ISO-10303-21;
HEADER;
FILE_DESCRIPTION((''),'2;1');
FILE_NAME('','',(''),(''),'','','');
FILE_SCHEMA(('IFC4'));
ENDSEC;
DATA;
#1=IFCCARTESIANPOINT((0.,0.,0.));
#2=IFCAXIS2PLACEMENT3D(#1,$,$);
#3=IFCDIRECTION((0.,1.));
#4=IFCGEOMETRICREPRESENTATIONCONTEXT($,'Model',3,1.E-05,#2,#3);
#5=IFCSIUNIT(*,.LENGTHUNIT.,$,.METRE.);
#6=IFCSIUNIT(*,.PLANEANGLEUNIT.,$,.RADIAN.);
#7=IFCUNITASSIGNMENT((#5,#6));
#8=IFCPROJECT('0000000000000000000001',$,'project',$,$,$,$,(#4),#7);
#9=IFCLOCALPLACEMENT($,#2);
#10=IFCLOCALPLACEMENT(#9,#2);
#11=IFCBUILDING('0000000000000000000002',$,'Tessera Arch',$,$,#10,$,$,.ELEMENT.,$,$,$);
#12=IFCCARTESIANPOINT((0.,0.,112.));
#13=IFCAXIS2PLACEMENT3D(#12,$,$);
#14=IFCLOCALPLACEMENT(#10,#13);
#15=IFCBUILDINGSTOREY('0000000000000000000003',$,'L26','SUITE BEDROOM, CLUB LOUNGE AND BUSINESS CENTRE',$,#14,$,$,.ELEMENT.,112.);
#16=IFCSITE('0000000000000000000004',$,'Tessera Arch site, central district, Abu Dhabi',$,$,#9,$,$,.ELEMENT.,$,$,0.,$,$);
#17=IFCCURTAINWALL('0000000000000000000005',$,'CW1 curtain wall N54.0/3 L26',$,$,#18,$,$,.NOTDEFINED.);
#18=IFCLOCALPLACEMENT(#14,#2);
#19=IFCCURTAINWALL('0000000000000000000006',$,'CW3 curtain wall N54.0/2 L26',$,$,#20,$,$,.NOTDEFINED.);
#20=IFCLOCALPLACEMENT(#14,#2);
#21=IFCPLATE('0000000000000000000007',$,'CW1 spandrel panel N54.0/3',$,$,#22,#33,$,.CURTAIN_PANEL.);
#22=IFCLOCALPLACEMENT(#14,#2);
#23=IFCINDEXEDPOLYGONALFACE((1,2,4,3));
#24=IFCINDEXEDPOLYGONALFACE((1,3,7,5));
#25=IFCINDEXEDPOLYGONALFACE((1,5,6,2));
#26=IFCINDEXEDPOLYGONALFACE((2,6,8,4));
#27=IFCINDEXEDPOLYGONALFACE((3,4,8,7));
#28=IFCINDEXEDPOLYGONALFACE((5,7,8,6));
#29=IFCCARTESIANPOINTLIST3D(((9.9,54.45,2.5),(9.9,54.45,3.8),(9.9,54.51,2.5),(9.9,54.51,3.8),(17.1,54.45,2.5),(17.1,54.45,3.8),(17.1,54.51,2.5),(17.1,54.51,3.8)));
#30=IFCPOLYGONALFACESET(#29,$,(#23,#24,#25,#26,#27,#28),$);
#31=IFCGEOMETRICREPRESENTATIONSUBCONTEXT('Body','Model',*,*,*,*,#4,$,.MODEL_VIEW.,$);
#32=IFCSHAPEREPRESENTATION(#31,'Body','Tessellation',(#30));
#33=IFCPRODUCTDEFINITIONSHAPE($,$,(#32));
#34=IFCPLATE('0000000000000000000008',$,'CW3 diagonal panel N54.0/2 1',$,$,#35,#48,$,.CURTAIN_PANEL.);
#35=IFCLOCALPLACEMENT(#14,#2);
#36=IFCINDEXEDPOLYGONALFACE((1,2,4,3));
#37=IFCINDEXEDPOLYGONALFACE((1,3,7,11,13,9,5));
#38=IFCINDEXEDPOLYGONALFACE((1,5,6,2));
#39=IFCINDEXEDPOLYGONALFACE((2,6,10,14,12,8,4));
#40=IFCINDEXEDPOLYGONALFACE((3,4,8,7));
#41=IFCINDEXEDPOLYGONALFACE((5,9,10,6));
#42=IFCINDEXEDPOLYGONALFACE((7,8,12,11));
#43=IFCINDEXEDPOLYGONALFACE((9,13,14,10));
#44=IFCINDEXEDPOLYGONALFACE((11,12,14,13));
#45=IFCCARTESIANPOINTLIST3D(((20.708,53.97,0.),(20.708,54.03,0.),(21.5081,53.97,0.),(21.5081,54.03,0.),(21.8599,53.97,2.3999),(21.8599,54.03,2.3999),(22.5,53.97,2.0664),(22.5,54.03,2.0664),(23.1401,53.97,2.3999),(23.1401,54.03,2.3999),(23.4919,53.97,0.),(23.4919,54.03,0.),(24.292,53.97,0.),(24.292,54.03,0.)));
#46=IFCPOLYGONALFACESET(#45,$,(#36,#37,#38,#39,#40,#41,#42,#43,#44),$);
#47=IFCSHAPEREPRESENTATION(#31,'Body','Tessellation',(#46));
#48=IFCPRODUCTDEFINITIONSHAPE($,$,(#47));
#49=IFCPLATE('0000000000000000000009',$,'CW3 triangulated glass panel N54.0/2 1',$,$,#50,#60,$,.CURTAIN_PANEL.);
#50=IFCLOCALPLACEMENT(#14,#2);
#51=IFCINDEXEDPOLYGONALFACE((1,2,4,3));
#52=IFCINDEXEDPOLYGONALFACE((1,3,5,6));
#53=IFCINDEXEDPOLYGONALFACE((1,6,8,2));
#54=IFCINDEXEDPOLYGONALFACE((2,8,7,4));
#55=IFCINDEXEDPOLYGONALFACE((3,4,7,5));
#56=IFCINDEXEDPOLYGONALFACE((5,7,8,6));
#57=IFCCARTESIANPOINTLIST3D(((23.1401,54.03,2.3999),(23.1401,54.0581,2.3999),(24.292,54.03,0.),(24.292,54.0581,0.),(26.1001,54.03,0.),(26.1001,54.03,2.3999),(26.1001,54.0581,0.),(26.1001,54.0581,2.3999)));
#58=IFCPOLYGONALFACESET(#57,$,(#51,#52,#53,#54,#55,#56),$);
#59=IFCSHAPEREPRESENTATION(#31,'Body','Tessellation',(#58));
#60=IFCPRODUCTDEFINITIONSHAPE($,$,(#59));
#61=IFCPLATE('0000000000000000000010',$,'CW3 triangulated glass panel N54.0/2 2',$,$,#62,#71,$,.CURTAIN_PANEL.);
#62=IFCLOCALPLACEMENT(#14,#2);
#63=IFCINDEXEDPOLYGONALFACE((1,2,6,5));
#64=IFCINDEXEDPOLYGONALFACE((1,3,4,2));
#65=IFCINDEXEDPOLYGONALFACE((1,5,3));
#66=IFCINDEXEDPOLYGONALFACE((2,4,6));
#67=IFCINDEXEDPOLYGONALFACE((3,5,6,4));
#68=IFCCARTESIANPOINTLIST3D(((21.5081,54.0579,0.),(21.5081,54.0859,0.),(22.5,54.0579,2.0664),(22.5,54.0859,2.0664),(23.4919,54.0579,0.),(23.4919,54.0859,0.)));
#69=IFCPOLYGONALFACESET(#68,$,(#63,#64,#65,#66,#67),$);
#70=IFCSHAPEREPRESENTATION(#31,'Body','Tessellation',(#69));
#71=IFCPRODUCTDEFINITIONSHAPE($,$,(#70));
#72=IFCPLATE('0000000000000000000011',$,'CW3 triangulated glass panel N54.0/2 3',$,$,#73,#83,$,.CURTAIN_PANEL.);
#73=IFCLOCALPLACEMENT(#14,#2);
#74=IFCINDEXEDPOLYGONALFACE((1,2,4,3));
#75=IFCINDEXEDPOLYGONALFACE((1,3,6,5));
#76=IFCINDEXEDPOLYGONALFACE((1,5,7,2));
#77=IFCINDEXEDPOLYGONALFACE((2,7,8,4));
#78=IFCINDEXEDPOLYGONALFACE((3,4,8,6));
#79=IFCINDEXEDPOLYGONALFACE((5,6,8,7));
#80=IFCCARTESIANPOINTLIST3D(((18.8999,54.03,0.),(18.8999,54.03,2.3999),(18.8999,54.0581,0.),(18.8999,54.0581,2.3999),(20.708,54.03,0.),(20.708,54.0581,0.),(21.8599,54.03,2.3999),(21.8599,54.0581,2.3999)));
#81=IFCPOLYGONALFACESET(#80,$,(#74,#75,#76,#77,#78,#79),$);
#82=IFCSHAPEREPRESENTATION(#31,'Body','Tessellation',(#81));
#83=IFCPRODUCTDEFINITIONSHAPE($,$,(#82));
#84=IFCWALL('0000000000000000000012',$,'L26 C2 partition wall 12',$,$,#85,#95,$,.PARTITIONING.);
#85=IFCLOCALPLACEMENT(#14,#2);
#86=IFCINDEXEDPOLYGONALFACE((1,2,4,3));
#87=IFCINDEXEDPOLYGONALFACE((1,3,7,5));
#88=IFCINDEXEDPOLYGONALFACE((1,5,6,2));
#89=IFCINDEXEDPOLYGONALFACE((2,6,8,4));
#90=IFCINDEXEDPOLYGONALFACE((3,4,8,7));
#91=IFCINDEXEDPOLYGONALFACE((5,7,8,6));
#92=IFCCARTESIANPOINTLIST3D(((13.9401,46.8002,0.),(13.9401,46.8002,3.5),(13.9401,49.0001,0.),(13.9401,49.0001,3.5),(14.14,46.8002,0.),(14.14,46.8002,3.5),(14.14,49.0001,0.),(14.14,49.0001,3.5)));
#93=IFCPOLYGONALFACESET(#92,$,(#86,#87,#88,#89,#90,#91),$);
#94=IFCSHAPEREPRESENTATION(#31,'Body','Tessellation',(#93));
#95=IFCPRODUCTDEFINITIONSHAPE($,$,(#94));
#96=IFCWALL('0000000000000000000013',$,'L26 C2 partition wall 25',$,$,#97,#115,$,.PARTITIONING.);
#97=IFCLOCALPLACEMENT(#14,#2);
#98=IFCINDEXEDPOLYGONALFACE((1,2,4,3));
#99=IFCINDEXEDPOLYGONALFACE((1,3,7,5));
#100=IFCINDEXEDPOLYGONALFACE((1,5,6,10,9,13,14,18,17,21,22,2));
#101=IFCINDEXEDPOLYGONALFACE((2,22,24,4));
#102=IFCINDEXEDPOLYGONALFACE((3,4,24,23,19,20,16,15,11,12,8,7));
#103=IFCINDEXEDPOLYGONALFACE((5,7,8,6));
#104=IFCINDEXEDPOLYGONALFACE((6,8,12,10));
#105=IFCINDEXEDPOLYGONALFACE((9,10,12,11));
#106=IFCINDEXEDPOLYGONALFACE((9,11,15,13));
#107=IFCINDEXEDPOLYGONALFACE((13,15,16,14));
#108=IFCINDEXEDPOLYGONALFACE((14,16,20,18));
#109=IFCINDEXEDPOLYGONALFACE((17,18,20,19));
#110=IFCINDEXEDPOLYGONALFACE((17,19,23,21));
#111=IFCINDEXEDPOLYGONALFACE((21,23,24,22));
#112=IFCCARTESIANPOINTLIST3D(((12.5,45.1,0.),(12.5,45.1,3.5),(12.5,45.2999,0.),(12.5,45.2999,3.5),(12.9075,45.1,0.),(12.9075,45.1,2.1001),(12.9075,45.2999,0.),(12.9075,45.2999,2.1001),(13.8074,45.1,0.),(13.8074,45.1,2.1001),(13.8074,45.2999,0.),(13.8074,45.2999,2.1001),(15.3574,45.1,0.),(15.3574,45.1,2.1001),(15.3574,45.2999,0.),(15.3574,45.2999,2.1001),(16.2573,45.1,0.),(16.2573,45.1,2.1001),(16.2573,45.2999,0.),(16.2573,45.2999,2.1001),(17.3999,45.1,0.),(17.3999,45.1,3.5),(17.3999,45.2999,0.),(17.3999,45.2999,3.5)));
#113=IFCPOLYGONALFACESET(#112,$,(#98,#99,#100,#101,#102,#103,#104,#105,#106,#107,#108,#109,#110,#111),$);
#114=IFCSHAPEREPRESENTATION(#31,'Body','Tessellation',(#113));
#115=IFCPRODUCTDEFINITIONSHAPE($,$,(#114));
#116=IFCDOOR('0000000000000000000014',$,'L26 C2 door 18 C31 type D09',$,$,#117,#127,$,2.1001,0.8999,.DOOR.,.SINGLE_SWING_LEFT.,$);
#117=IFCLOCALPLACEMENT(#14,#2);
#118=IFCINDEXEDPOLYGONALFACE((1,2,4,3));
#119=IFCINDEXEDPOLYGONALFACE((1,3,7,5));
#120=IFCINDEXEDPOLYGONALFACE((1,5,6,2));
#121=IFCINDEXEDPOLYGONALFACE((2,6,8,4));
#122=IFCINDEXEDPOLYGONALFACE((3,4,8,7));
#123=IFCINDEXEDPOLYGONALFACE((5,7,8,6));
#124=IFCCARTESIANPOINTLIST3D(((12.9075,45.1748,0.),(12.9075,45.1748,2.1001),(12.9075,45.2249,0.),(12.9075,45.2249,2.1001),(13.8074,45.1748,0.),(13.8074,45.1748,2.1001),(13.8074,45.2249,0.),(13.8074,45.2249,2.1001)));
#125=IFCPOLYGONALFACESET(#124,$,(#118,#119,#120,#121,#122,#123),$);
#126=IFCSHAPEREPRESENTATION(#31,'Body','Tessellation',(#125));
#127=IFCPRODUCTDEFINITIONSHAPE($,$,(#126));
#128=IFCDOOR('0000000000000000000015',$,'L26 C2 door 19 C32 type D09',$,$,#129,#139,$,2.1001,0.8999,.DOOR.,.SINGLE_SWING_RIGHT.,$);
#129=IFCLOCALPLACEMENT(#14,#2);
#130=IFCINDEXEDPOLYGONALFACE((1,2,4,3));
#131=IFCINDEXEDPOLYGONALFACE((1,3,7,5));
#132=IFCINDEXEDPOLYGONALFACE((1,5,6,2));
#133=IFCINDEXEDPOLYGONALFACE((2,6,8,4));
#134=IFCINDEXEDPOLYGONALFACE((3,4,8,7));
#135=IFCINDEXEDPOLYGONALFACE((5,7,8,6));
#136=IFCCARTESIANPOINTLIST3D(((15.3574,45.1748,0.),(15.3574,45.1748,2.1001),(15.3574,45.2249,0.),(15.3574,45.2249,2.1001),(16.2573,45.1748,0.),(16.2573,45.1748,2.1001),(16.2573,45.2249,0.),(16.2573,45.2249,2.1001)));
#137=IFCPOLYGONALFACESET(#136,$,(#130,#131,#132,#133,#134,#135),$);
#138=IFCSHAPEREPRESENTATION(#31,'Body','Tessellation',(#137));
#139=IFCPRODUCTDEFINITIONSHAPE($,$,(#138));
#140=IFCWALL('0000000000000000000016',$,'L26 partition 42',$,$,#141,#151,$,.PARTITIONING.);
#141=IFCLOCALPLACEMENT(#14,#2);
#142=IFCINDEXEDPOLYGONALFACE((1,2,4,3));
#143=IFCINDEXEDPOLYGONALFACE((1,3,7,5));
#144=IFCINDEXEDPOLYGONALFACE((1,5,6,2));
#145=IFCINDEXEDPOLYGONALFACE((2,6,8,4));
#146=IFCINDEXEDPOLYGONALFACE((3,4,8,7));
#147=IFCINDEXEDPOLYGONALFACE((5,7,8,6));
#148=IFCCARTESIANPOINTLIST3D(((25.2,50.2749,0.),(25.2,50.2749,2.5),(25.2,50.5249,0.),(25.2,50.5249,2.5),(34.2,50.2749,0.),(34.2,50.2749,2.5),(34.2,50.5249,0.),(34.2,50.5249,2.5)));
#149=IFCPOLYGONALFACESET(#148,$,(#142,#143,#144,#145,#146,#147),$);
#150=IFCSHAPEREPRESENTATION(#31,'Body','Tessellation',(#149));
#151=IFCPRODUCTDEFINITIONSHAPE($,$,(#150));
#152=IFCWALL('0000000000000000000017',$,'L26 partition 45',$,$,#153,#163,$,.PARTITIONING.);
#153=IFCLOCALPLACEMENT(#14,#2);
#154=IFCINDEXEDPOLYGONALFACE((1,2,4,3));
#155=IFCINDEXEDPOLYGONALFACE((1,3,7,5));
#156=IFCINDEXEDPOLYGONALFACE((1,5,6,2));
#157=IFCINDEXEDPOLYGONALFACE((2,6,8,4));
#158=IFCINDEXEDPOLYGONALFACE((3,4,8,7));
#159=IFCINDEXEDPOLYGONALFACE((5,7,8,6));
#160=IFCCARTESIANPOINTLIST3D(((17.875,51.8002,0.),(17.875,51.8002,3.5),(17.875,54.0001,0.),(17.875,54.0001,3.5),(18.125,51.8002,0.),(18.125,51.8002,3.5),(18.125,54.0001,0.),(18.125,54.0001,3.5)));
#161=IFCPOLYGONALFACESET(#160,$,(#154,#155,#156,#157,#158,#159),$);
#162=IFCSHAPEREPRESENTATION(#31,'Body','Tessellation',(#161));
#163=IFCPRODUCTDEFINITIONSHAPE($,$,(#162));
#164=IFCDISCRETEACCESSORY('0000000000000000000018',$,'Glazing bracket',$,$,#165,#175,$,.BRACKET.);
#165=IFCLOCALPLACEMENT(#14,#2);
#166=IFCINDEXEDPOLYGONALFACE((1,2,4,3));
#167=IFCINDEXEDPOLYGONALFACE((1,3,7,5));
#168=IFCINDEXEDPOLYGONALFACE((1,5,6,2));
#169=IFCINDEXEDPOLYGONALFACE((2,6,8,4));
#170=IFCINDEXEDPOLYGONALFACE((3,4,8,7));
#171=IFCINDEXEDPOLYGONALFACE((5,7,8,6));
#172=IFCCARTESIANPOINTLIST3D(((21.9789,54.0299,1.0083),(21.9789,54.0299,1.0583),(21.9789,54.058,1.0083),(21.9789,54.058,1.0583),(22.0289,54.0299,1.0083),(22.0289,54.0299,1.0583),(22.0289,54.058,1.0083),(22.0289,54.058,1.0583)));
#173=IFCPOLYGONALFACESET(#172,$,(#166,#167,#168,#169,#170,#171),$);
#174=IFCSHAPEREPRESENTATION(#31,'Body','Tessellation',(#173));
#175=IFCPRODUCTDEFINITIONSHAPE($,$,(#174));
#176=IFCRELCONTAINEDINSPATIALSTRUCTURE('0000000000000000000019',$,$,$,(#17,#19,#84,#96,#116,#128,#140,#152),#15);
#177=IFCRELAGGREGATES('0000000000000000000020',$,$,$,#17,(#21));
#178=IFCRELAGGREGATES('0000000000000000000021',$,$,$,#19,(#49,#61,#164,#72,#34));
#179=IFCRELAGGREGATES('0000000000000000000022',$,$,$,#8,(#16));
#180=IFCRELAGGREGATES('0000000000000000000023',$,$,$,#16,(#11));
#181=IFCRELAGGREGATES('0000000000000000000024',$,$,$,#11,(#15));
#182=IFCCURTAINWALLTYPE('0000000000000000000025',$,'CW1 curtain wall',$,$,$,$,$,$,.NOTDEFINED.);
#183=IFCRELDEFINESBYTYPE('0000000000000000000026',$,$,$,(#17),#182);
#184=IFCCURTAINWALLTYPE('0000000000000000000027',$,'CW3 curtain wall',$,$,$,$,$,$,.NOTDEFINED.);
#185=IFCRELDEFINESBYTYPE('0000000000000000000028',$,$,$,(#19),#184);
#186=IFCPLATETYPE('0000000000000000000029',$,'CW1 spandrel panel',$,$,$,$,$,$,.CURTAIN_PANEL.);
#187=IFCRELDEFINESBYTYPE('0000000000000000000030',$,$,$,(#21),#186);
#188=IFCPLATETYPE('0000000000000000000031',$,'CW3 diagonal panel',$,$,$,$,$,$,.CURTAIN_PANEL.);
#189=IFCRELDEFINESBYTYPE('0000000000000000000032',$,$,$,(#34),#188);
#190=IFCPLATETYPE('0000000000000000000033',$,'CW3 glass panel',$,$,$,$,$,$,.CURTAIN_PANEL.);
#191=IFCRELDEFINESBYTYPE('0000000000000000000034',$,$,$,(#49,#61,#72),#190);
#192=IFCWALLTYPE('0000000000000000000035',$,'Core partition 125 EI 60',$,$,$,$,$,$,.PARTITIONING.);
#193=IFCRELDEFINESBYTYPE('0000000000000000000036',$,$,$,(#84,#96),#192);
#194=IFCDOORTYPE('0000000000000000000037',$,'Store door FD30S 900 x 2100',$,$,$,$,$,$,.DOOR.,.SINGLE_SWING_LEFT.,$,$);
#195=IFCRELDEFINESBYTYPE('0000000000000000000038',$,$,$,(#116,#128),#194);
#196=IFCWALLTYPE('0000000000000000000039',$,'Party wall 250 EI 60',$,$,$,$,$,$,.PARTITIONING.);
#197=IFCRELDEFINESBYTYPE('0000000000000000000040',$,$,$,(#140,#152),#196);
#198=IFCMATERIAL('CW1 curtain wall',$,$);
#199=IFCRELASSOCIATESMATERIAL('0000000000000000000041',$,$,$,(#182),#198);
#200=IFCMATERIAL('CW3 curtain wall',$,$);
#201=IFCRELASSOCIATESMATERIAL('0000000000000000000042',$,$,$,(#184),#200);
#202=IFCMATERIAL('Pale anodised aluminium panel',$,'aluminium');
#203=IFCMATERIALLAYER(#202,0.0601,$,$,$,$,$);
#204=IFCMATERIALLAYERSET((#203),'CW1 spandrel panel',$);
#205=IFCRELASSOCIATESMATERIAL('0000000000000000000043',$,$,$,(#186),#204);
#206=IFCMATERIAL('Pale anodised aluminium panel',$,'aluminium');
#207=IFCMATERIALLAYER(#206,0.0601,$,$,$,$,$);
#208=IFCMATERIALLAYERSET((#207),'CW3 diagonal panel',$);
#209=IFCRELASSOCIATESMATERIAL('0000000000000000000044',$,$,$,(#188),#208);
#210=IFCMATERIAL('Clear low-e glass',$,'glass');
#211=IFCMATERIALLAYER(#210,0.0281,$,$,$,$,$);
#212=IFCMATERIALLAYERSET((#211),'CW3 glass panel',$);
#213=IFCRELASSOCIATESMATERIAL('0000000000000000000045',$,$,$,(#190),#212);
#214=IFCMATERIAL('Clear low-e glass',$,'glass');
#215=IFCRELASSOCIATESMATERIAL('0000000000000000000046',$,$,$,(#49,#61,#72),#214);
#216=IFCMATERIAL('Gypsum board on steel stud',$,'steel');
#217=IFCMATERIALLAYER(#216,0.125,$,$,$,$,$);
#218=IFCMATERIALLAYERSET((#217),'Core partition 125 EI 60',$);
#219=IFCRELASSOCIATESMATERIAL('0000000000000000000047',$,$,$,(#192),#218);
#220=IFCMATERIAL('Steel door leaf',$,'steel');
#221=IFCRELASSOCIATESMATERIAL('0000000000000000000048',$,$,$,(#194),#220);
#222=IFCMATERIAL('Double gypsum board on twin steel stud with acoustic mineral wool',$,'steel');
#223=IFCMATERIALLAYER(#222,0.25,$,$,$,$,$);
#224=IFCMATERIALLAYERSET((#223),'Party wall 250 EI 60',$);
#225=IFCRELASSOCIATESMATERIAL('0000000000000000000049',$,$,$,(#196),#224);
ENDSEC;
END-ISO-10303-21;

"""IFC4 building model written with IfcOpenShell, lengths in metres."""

from ifc_helpers import new_model, si_unit, direction, frame, frame_2d, origin, origin_2d, place, context, subcontext, project, spatial, polyline, rectangle, outline, extrude, material, layer, layer_set, type_object, element, fill, aggregate, save


model = new_model("IFC4")

# Units and contexts
model_context = context("Model", 3, precision=1e-05, world=origin(), true_north=direction((0.0, 1.0)))
body_context = subcontext(model_context, "Body", "Model", "MODEL_VIEW")
ifc_project = project(units=[si_unit("LENGTHUNIT", "METRE"), si_unit("PLANEANGLEUNIT", "RADIAN")], contexts=[model_context])

# Site, building, storey
site_placement = place(None, origin())
site = spatial("IfcSite", under=ifc_project, at=site_placement, Name="Tessera Arch site, central district, Abu Dhabi", CompositionType="ELEMENT", RefElevation=0.0)
building_placement = place(site_placement, origin())
building = spatial("IfcBuilding", under=site, at=building_placement, Name="Tessera Arch", CompositionType="ELEMENT")
storey_placement = place(building_placement, frame((0.0, 0.0, 112.0)))
storey = spatial("IfcBuildingStorey", under=building, at=storey_placement, Name="L26", Description="SUITE BEDROOM, CLUB LOUNGE AND BUSINESS CENTRE", CompositionType="ELEMENT", Elevation=112.0)

# Shared definitions
ifc_material_1 = material(Name="CW1 curtain wall")
curtain_wall_type_1 = type_object("IfcCurtainWallType", Name="CW1 curtain wall", PredefinedType="NOTDEFINED", material=ifc_material_1)

# Curtain wall
curtain_wall_1_placement = place(storey_placement, origin())
curtain_wall_1 = element("IfcCurtainWall", 1, at=curtain_wall_1_placement, inside=storey, type_object=curtain_wall_type_1, Name="CW1 curtain wall N54.0/3 L26", PredefinedType="NOTDEFINED")

# Curtain wall
ifc_material_2 = material(Name="CW3 curtain wall")
curtain_wall_type_2 = type_object("IfcCurtainWallType", Name="CW3 curtain wall", PredefinedType="NOTDEFINED", material=ifc_material_2)
curtain_wall_2_placement = place(storey_placement, origin())
curtain_wall_2 = element("IfcCurtainWall", 2, at=curtain_wall_2_placement, inside=storey, type_object=curtain_wall_type_2, Name="CW3 curtain wall N54.0/2 L26", PredefinedType="NOTDEFINED")

# Plates
ifc_material_3 = material(Name="Clear low-e glass", Category="glass")
ifc_material_4 = material(Name="Pale anodised aluminium panel", Category="aluminium")
ifc_layer_1 = layer(ifc_material_4, 0.0601)
ifc_layer_set_1 = layer_set([ifc_layer_1], Name="CW1 spandrel panel")
plate_type_1 = type_object("IfcPlateType", Name="CW1 spandrel panel", PredefinedType="CURTAIN_PANEL", material=ifc_layer_set_1)
plate_1_placement = place(storey_placement, frame((13.5, 54.48, 2.5), z_axis=(0.0, 0.0, 1.0), x_axis=(-1.0, 0.0, 0.0)))
plate_1 = element("IfcPlate", 3, at=plate_1_placement, type_object=plate_type_1, Name="CW1 spandrel panel N54.0/3", PredefinedType="CURTAIN_PANEL", context=body_context, shape_type="SweptSolid", body=[
    extrude(rectangle(XDim=7.2, YDim=0.0601, at=origin_2d()), origin(), (0.0, 0.0, 1.0), 1.3),
])
aggregate(curtain_wall_1, [plate_1])
ifc_material_5 = material(Name="Pale anodised aluminium panel", Category="aluminium")
ifc_layer_2 = layer(ifc_material_5, 0.0601)
ifc_layer_set_2 = layer_set([ifc_layer_2], Name="CW3 diagonal panel")
plate_type_2 = type_object("IfcPlateType", Name="CW3 diagonal panel", PredefinedType="CURTAIN_PANEL", material=ifc_layer_set_2)
plate_2_placement = place(storey_placement, frame((21.8599, 54.03, 2.3999), z_axis=(0.0, 1.0, 0.0), x_axis=(1.0, 0.0, 0.0)))
plate_2 = element("IfcPlate", 4, at=plate_2_placement, type_object=plate_type_2, Name="CW3 diagonal panel N54.0/2 1", PredefinedType="CURTAIN_PANEL", context=body_context, shape_type="SweptSolid", body=[
    extrude(outline(polyline([(0.0, 0.0), (1.2803, 0.0), (2.4321, 2.3999), (1.6321, 2.3999), (0.6401, 0.3335), (-0.3518, 2.3999), (-1.1519, 2.3999), (0.0, 0.0)])), origin(), (0.0, 0.0, -1.0), 0.0601),
])
ifc_material_6 = material(Name="Clear low-e glass", Category="glass")
ifc_layer_3 = layer(ifc_material_6, 0.0281)
ifc_layer_set_3 = layer_set([ifc_layer_3], Name="CW3 glass panel")
plate_type_3 = type_object("IfcPlateType", Name="CW3 glass panel", PredefinedType="CURTAIN_PANEL", material=ifc_layer_set_3)
plate_3_placement = place(storey_placement, frame((26.1001, 54.0581, 0.0), z_axis=(0.0, 1.0, 0.0), x_axis=(-1.0, 0.0, 0.0)))
plate_3 = element("IfcPlate", 5, at=plate_3_placement, type_object=plate_type_3, material=ifc_material_3, Name="CW3 triangulated glass panel N54.0/2 1", PredefinedType="CURTAIN_PANEL", context=body_context, shape_type="SweptSolid", body=[
    extrude(outline(polyline([(0.0, 0.0), (1.8081, 0.0), (2.96, 2.3999), (0.0, 2.3999), (0.0, 0.0)])), origin(), (0.0, 0.0, -1.0), 0.0281),
])
plate_4_placement = place(storey_placement, frame((23.4919, 54.0859, 0.0), z_axis=(0.0, 1.0, 0.0), x_axis=(-1.0, 0.0, 0.0)))
plate_4 = element("IfcPlate", 6, at=plate_4_placement, type_object=plate_type_3, material=ifc_material_3, Name="CW3 triangulated glass panel N54.0/2 2", PredefinedType="CURTAIN_PANEL", context=body_context, shape_type="SweptSolid", body=[
    extrude(outline(polyline([(0.0, 0.0), (1.9839, 0.0), (0.9919, 2.0664), (0.0, 0.0)])), origin(), (0.0, 0.0, -1.0), 0.0281),
])
plate_5_placement = place(storey_placement, frame((18.8999, 54.0581, 2.3999), z_axis=(0.0, 1.0, 0.0), x_axis=(1.0, 0.0, 0.0)))
plate_5 = element("IfcPlate", 7, at=plate_5_placement, type_object=plate_type_3, material=ifc_material_3, Name="CW3 triangulated glass panel N54.0/2 3", PredefinedType="CURTAIN_PANEL", context=body_context, shape_type="SweptSolid", body=[
    extrude(outline(polyline([(0.0, 0.0), (2.96, 0.0), (1.8081, 2.3999), (0.0, 2.3999), (0.0, 0.0)])), origin(), (0.0, 0.0, -1.0), 0.0281),
])

# Wall
ifc_material_7 = material(Name="Gypsum board on steel stud", Category="steel")
ifc_layer_4 = layer(ifc_material_7, 0.125)
ifc_layer_set_4 = layer_set([ifc_layer_4], Name="Core partition 125 EI 60")
wall_type_1 = type_object("IfcWallType", Name="Core partition 125 EI 60", PredefinedType="PARTITIONING", material=ifc_layer_set_4)
wall_1_placement = place(storey_placement, frame((14.04, 46.8, 0.0), z_axis=(0.0, 0.0, 1.0), x_axis=(0.0, 1.0, 0.0)))
element("IfcWall", 8, at=wall_1_placement, inside=storey, type_object=wall_type_1, Name="L26 C2 partition wall 12", PredefinedType="PARTITIONING", context=body_context, shape_type="SweptSolid", body=[
    extrude(rectangle(XDim=2.2, YDim=0.2, at=frame_2d((1.1001, 0.0))), origin(), (0.0, 0.0, 1.0), 3.5),
])

# Wall, openings, doors
wall_2_placement = place(storey_placement, frame((12.5, 45.2, 0.0), z_axis=(0.0, 0.0, 1.0), x_axis=(1.0, 0.0, 0.0)))
wall_2 = element("IfcWall", 9, at=wall_2_placement, inside=storey, type_object=wall_type_1, Name="L26 C2 partition wall 25", PredefinedType="PARTITIONING", context=body_context, shape_type="SweptSolid", body=[
    extrude(rectangle(XDim=4.8999, YDim=0.2, at=frame_2d((2.45, 0.0))), origin(), (0.0, 0.0, 1.0), 3.5),
])
opening_1_placement = place(wall_2_placement, frame((0.4075, 0.0, 0.0)))
opening_1 = element("IfcOpeningElement", 10, at=opening_1_placement, cuts=wall_2, PredefinedType="OPENING", context=body_context, shape_type="SweptSolid", body=[
    extrude(rectangle(XDim=0.8999, YDim=2.1001, at=frame_2d((0.45, 1.05))), frame((0.0, 0.1099, 0.0), z_axis=(0.0, -1.0, 0.0), x_axis=(1.0, 0.0, 0.0)), (0.0, 0.0, 1.0), 0.22),
])
opening_2_placement = place(wall_2_placement, frame((2.8574, 0.0, 0.0)))
opening_2 = element("IfcOpeningElement", 11, at=opening_2_placement, cuts=wall_2, PredefinedType="OPENING", context=body_context, shape_type="SweptSolid", body=[
    extrude(rectangle(XDim=0.8999, YDim=2.1001, at=frame_2d((0.45, 1.05))), frame((0.0, 0.1099, 0.0), z_axis=(0.0, -1.0, 0.0), x_axis=(1.0, 0.0, 0.0)), (0.0, 0.0, 1.0), 0.22),
])
ifc_material_8 = material(Name="Steel door leaf", Category="steel")
door_type = type_object("IfcDoorType", Name="Store door FD30S 900 x 2100", OperationType="SINGLE_SWING_LEFT", PredefinedType="DOOR", material=ifc_material_8)
door_1_placement = place(opening_1_placement, origin())
door_1 = element("IfcDoor", 12, at=door_1_placement, inside=storey, type_object=door_type, Name="L26 C2 door 18 C31 type D09", OperationType="SINGLE_SWING_LEFT", OverallHeight=2.1001, OverallWidth=0.8999, PredefinedType="DOOR", context=body_context, shape_type="SweptSolid", body=[
    extrude(rectangle(XDim=0.8999, YDim=2.1001, at=frame_2d((0.45, 1.05))), frame((0.0, 0.0249, 0.0), z_axis=(0.0, -1.0, 0.0), x_axis=(1.0, 0.0, 0.0)), (0.0, 0.0, 1.0), 0.05),
])
fill(opening_1, door_1)
door_2_placement = place(opening_2_placement, origin())
door_2 = element("IfcDoor", 13, at=door_2_placement, inside=storey, type_object=door_type, Name="L26 C2 door 19 C32 type D09", OperationType="SINGLE_SWING_RIGHT", OverallHeight=2.1001, OverallWidth=0.8999, PredefinedType="DOOR", context=body_context, shape_type="SweptSolid", body=[
    extrude(rectangle(XDim=0.8999, YDim=2.1001, at=frame_2d((0.45, 1.05))), frame((0.0, 0.0249, 0.0), z_axis=(0.0, -1.0, 0.0), x_axis=(1.0, 0.0, 0.0)), (0.0, 0.0, 1.0), 0.05),
])
fill(opening_2, door_2)

# Walls
ifc_material_9 = material(Name="Double gypsum board on twin steel stud with acoustic mineral wool", Category="steel")
ifc_layer_5 = layer(ifc_material_9, 0.25)
ifc_layer_set_5 = layer_set([ifc_layer_5], Name="Party wall 250 EI 60")
wall_type_2 = type_object("IfcWallType", Name="Party wall 250 EI 60", PredefinedType="PARTITIONING", material=ifc_layer_set_5)
wall_3_placement = place(storey_placement, frame((25.2, 50.3999, 0.0), z_axis=(0.0, 0.0, 1.0), x_axis=(1.0, 0.0, 0.0)))
element("IfcWall", 14, at=wall_3_placement, inside=storey, type_object=wall_type_2, Name="L26 partition 42", PredefinedType="PARTITIONING", context=body_context, shape_type="SweptSolid", body=[
    extrude(rectangle(XDim=9.0, YDim=0.25, at=frame_2d((4.5, 0.0))), origin(), (0.0, 0.0, 1.0), 2.5),
])
wall_4_placement = place(storey_placement, frame((18.0, 51.8, 0.0), z_axis=(0.0, 0.0, 1.0), x_axis=(0.0, 1.0, 0.0)))
element("IfcWall", 15, at=wall_4_placement, inside=storey, type_object=wall_type_2, Name="L26 partition 45", PredefinedType="PARTITIONING", context=body_context, shape_type="SweptSolid", body=[
    extrude(rectangle(XDim=2.2, YDim=0.25, at=frame_2d((1.1001, 0.0))), origin(), (0.0, 0.0, 1.0), 3.5),
])

# Discrete accessory
discrete_accessory_placement = place(storey_placement, frame((22.0039, 54.0439, 1.0083), z_axis=(0.0, 0.0, 1.0), x_axis=(-1.0, 0.0, 0.0)))
discrete_accessory = element("IfcDiscreteAccessory", 16, at=discrete_accessory_placement, Name="Glazing bracket", PredefinedType="BRACKET", context=body_context, shape_type="SweptSolid", body=[
    extrude(rectangle(XDim=0.05, YDim=0.0281, at=origin_2d()), origin(), (0.0, 0.0, 1.0), 0.05),
])
aggregate(curtain_wall_2, [plate_3, plate_4, discrete_accessory, plate_5, plate_2])

save(model, "model.ifc")
